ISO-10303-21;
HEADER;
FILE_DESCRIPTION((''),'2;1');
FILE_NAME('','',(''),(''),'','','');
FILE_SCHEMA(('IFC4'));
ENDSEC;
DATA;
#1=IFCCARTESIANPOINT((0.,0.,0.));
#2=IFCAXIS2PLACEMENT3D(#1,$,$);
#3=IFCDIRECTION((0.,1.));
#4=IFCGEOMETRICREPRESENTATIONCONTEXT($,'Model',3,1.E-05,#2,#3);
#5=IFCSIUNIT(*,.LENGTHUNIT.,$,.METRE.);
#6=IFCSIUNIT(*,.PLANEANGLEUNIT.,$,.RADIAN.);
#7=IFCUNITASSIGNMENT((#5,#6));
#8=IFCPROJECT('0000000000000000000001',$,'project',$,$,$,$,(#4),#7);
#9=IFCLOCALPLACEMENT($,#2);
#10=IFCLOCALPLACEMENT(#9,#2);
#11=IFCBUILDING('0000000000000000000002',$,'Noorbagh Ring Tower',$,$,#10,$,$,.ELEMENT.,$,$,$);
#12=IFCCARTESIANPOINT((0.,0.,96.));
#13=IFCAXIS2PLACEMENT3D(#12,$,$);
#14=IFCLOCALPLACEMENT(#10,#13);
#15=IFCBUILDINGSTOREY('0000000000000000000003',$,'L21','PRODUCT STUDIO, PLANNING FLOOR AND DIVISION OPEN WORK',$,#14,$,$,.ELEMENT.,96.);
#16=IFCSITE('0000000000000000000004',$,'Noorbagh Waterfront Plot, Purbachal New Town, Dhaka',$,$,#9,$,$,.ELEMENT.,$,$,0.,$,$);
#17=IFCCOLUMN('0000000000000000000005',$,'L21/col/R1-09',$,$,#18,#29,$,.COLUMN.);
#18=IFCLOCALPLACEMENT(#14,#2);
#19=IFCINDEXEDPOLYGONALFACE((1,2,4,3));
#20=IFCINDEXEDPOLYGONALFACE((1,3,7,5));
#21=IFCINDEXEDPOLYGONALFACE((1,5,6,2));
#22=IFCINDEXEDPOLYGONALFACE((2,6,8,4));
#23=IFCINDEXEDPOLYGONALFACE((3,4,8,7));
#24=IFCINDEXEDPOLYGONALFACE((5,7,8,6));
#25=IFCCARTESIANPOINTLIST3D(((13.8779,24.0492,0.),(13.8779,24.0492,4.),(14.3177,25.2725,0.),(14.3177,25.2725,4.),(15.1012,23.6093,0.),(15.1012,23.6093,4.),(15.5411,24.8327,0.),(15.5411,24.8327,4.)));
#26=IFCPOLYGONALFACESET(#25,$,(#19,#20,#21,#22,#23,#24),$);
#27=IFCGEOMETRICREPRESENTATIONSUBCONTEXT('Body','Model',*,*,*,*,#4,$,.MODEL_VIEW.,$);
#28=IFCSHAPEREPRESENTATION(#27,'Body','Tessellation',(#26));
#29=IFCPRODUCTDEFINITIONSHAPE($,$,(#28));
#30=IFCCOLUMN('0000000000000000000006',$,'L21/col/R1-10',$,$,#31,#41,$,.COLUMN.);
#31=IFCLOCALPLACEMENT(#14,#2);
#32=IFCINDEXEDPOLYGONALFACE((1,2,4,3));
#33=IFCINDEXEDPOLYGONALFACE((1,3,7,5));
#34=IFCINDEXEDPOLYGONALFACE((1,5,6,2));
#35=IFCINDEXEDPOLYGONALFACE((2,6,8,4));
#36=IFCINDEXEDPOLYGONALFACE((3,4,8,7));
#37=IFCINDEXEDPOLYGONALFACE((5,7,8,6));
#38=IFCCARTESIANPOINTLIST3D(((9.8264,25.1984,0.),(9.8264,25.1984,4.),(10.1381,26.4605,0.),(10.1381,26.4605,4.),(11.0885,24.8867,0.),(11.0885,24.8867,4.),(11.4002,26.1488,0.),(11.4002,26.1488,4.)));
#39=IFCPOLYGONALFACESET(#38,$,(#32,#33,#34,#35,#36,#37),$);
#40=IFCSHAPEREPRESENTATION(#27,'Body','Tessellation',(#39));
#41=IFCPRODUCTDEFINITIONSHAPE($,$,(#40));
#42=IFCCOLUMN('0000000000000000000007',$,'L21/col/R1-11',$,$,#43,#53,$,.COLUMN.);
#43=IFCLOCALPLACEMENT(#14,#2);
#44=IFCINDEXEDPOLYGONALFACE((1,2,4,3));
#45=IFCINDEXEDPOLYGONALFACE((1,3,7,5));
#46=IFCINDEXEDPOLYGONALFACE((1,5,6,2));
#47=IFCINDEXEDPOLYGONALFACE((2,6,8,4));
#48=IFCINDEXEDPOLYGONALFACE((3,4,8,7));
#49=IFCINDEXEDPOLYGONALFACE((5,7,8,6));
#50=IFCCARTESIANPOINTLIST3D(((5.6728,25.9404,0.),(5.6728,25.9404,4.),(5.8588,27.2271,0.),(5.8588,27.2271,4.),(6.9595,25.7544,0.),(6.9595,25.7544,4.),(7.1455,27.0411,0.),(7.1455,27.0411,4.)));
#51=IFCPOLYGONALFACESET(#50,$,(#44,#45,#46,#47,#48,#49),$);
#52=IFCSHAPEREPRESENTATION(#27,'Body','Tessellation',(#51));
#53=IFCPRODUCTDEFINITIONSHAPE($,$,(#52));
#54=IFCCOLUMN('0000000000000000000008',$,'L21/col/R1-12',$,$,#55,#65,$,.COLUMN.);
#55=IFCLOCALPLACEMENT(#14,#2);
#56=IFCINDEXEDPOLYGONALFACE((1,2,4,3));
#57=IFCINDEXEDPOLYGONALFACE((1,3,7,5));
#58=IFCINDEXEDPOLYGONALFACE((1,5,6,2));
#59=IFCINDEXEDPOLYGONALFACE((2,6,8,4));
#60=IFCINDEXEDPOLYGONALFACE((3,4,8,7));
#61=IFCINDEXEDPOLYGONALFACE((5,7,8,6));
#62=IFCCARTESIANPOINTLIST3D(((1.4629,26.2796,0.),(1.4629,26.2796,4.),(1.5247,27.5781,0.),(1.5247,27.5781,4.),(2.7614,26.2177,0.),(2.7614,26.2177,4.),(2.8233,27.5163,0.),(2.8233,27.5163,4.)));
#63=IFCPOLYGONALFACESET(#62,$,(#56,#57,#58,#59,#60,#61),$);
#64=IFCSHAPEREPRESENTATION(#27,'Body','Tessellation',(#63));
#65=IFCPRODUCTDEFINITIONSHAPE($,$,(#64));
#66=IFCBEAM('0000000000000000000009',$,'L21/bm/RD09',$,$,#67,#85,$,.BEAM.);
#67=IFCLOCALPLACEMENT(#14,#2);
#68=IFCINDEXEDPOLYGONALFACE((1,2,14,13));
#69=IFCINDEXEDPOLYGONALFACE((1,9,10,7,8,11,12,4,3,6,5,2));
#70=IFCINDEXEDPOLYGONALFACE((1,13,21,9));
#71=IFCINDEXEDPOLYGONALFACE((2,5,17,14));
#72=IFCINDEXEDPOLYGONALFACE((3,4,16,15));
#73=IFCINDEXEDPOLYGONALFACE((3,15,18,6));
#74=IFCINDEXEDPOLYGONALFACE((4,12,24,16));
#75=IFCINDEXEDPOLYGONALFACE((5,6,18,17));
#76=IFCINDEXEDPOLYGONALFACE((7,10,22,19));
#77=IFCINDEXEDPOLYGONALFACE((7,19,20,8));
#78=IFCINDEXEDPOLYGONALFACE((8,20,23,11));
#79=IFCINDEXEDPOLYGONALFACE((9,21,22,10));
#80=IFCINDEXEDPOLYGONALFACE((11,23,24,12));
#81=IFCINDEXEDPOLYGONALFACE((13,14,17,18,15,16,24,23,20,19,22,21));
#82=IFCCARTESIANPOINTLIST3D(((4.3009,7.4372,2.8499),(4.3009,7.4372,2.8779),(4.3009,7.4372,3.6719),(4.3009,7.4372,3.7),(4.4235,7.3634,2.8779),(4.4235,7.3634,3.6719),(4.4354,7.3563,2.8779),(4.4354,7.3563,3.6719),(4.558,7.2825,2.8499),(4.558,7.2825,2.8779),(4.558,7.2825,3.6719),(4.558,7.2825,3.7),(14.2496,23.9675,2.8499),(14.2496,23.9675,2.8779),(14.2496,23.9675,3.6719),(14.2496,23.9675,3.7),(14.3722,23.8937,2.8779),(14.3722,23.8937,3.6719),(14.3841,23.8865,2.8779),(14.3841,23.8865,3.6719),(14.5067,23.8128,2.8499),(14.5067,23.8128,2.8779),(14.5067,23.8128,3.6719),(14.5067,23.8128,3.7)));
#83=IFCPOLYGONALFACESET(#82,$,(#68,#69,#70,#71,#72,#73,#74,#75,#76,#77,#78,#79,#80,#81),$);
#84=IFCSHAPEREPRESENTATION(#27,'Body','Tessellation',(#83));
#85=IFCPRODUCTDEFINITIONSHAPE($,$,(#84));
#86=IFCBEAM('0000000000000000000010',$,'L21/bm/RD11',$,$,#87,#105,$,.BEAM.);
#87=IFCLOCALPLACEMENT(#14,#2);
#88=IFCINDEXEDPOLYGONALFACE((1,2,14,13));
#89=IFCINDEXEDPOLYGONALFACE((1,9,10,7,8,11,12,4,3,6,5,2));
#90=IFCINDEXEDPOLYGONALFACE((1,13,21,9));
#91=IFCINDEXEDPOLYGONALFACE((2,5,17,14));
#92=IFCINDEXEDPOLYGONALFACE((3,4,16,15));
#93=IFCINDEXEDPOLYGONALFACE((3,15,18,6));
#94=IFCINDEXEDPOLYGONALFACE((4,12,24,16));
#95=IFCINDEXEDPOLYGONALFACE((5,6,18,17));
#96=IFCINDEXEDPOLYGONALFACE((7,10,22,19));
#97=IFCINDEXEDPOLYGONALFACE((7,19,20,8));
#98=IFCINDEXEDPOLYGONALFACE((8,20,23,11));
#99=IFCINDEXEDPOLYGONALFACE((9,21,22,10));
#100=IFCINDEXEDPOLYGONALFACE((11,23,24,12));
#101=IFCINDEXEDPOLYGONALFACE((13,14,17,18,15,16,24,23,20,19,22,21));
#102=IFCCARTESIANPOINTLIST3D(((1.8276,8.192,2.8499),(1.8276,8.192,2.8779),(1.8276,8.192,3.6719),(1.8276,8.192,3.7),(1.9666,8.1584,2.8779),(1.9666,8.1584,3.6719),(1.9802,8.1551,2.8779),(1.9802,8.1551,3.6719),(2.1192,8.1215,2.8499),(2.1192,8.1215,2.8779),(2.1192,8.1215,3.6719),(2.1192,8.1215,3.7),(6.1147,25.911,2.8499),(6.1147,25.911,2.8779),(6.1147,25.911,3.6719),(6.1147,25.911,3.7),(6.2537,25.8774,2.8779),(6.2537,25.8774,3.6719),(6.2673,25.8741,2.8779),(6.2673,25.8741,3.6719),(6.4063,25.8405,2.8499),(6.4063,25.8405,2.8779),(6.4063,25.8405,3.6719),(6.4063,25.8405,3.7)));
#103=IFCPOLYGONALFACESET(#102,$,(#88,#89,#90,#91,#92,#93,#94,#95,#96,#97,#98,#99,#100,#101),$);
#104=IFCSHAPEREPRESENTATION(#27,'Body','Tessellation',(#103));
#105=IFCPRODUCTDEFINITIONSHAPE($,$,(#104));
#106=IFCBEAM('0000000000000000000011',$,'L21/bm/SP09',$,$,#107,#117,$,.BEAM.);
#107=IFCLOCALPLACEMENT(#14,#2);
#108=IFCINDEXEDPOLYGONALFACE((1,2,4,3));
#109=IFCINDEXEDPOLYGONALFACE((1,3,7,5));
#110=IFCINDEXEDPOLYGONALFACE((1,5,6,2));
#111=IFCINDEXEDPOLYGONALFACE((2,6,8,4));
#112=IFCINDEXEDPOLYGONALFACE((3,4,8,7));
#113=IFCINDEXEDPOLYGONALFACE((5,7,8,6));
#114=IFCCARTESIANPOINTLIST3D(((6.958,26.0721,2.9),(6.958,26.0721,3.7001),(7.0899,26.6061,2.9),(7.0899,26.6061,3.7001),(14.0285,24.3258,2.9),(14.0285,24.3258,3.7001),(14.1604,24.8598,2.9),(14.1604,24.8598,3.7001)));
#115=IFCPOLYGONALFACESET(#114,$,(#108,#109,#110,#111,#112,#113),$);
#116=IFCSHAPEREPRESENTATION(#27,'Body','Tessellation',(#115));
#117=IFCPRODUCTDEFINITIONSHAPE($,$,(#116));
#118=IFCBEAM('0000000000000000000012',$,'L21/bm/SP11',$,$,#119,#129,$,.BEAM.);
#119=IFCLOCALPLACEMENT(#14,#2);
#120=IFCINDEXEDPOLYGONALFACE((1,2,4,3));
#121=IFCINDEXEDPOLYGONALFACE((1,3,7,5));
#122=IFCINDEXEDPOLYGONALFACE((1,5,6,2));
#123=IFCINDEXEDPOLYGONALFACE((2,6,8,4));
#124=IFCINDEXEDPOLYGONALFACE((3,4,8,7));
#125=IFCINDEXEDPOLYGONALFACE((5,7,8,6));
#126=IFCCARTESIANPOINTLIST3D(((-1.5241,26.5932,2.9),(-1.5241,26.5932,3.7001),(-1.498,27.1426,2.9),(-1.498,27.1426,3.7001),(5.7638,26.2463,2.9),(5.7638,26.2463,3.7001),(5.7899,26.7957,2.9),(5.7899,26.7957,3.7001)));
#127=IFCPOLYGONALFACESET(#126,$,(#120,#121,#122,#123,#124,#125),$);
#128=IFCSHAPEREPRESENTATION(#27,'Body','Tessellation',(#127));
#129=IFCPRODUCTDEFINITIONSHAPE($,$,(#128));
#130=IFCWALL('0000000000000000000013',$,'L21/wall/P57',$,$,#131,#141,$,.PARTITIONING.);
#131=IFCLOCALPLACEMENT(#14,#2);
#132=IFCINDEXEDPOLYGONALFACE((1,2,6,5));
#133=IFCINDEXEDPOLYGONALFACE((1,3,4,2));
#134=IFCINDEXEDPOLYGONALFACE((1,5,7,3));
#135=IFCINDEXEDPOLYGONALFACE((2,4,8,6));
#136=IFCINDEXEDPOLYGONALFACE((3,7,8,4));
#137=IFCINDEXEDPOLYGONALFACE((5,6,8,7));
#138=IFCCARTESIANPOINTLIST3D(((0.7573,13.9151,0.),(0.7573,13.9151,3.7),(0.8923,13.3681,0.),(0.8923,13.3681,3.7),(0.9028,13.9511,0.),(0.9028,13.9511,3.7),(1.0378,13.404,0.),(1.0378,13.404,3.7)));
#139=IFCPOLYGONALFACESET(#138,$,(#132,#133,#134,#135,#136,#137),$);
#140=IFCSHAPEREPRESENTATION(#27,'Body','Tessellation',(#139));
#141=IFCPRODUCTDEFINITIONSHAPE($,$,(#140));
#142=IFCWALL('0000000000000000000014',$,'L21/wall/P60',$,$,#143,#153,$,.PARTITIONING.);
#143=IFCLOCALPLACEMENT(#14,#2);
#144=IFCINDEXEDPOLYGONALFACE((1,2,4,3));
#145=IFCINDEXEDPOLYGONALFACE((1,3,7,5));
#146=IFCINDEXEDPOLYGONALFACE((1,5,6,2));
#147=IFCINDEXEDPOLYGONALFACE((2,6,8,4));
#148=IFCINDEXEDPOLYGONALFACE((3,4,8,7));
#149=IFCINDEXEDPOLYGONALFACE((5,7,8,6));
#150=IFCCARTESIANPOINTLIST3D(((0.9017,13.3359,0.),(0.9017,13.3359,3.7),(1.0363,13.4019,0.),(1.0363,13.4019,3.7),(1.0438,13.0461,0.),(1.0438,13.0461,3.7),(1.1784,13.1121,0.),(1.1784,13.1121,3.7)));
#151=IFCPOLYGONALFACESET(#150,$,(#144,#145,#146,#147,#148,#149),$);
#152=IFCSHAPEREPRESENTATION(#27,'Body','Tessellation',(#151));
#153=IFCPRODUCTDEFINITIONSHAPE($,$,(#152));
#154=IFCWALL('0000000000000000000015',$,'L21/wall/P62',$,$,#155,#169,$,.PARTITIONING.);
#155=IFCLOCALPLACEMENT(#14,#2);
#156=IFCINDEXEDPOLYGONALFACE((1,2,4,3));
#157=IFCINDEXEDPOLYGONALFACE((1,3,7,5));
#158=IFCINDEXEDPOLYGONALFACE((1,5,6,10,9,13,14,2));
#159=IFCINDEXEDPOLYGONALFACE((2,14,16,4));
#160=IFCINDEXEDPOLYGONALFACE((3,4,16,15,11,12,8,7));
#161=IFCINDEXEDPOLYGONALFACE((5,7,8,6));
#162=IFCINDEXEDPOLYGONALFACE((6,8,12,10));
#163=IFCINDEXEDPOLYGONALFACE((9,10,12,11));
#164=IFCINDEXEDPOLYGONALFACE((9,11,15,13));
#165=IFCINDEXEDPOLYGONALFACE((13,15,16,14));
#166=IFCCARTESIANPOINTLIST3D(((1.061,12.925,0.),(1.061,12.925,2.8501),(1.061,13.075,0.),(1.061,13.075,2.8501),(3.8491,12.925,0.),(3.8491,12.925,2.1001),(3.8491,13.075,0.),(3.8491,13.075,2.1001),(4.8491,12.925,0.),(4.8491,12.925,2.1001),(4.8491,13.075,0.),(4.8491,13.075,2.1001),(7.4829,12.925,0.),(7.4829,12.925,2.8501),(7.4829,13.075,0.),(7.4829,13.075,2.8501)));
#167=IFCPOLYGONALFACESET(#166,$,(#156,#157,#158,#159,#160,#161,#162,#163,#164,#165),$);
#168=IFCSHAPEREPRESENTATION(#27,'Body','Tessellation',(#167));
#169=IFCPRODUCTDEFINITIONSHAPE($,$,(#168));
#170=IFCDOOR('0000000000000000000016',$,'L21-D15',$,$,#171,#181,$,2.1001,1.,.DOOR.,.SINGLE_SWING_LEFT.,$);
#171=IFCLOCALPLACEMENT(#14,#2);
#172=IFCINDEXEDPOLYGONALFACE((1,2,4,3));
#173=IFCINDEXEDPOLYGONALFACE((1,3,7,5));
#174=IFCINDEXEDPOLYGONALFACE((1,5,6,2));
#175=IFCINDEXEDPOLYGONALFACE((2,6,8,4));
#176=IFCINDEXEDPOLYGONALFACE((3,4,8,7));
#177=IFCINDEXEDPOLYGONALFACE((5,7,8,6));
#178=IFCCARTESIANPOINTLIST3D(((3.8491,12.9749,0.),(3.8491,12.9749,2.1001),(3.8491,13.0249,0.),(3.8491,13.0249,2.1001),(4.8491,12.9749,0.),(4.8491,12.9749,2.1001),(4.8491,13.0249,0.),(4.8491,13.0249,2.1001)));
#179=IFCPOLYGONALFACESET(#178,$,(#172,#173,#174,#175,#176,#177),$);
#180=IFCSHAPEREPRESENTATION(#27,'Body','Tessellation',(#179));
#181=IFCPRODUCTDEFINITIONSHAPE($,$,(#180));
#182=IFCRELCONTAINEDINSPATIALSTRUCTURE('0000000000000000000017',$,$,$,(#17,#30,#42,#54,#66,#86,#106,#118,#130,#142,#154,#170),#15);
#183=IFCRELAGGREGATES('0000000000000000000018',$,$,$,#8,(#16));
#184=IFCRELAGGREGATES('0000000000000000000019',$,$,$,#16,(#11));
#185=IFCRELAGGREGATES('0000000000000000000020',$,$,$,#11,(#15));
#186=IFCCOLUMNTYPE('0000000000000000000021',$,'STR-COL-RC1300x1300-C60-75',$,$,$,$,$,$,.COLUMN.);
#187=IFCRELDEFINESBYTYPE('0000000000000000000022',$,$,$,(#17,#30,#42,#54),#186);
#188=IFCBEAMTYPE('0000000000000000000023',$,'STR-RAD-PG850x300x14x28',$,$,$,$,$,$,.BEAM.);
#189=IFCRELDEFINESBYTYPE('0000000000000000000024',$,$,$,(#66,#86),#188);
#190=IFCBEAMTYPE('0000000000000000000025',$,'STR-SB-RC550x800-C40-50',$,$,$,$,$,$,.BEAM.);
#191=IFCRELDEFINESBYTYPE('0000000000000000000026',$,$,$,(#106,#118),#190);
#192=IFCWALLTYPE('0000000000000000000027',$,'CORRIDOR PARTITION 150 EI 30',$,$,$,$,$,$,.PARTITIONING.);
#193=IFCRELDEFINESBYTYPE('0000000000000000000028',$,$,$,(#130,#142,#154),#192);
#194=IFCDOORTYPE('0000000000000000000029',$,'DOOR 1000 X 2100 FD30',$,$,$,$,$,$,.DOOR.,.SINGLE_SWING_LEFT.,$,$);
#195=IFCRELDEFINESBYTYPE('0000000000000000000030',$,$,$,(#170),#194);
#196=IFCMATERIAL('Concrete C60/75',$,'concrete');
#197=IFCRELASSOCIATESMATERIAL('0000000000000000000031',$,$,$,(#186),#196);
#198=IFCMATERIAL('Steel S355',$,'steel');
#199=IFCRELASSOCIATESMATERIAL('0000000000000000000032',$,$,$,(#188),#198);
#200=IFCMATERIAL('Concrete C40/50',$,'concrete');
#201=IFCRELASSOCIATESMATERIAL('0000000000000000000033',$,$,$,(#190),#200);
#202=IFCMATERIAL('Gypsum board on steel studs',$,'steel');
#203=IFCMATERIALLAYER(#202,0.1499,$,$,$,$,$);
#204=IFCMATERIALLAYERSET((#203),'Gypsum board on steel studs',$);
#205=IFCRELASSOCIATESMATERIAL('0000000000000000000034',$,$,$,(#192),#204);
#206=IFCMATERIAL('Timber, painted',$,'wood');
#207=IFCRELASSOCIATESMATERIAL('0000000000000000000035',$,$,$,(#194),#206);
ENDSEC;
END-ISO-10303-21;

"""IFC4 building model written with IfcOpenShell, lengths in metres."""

from ifc_helpers import new_model, si_unit, direction, frame, frame_2d, origin, origin_2d, place, context, subcontext, project, spatial, rectangle, i_section, extrude, material, layer, layer_set, material_profile, profile_set, type_object, element, fill, save


model = new_model("IFC4")

# Units and contexts
model_context = context("Model", 3, precision=1e-05, world=origin(), true_north=direction((0.0, 1.0)))
body_context = subcontext(model_context, "Body", "Model", "MODEL_VIEW")
ifc_project = project(units=[si_unit("LENGTHUNIT", "METRE"), si_unit("PLANEANGLEUNIT", "RADIAN")], contexts=[model_context])

# Site, building, storey
site_placement = place(None, origin())
site = spatial("IfcSite", under=ifc_project, at=site_placement, Name="Noorbagh Waterfront Plot, Purbachal New Town, Dhaka", CompositionType="ELEMENT", RefElevation=0.0)
building_placement = place(site_placement, origin())
building = spatial("IfcBuilding", under=site, at=building_placement, Name="Noorbagh Ring Tower", CompositionType="ELEMENT")
storey_placement = place(building_placement, frame((0.0, 0.0, 96.0)))
storey = spatial("IfcBuildingStorey", under=building, at=storey_placement, Name="L21", Description="PRODUCT STUDIO, PLANNING FLOOR AND DIVISION OPEN WORK", CompositionType="ELEMENT", Elevation=96.0)

# Columns
ifc_material_1 = material(Name="Concrete C60/75", Category="concrete")
ifc_material_profile_1 = material_profile(ifc_material_1, rectangle(XDim=1.3, YDim=1.3, at=origin_2d()), Name="RC1300x1300")
ifc_profile_set_1 = profile_set([ifc_material_profile_1], Name="Concrete C60/75")
column_type = type_object("IfcColumnType", Name="STR-COL-RC1300x1300-C60-75", PredefinedType="COLUMN", material=ifc_profile_set_1)
for number, where, z_axis, x_axis, name in (
    (1, (14.7095, 24.4409, 0.0), (0.0, 0.0, 1.0), (-0.941025, 0.338338, 0.0), "L21/col/R1-09"),
    (2, (10.6133, 25.6736, 0.0), (0.0, 0.0, 1.0), (-0.970829, 0.239771, 0.0), "L21/col/R1-10"),
    (3, (6.4092, 26.4907, 0.0), (0.0, 0.0, 1.0), (-0.989713, 0.143066, 0.0), "L21/col/R1-11"),
    (4, (2.1431, 26.8979, 0.0), (0.0, 0.0, 1.0), (-0.998869, 0.047553, 0.0), "L21/col/R1-12"),
):
    element("IfcColumn", number, at=place(storey_placement, frame(where, z_axis=z_axis, x_axis=x_axis)), inside=storey, type_object=column_type, Name=name, PredefinedType="COLUMN", context=body_context, shape_type="SweptSolid", body=[
        extrude(rectangle(XDim=1.3, YDim=1.3, at=origin_2d()), origin(), (0.0, 0.0, 1.0), 4.0),
    ])

# Beams
ifc_material_2 = material(Name="Steel S355", Category="steel")
ifc_material_profile_2 = material_profile(ifc_material_2, i_section(OverallWidth=0.3, OverallDepth=0.8501, WebThickness=0.0139, FlangeThickness=0.0281, at=origin_2d()), Name="PG850x300x14x28")
ifc_profile_set_2 = profile_set([ifc_material_profile_2], Name="Steel S355")
beam_type_1 = type_object("IfcBeamType", Name="STR-RAD-PG850x300x14x28", PredefinedType="BEAM", material=ifc_profile_set_2)
beam_1_placement = place(storey_placement, frame((14.3782, 23.8901, 3.2749), z_axis=(-0.51566, -0.856793, 0.0), x_axis=(0.856793, -0.51566, 0.0)))
element("IfcBeam", 5, at=beam_1_placement, inside=storey, type_object=beam_type_1, Name="L21/bm/RD09", PredefinedType="BEAM", context=body_context, shape_type="SweptSolid", body=[
    extrude(i_section(OverallWidth=0.3, OverallDepth=0.8501, WebThickness=0.0139, FlangeThickness=0.0281, at=origin_2d()), origin(), (0.0, 0.0, 1.0), 19.2932),
])
beam_2_placement = place(storey_placement, frame((6.2605, 25.8757, 3.2749), z_axis=(-0.235165, -0.971956, 0.0), x_axis=(0.971956, -0.235165, 0.0)))
element("IfcBeam", 6, at=beam_2_placement, inside=storey, type_object=beam_type_1, Name="L21/bm/RD11", PredefinedType="BEAM", context=body_context, shape_type="SweptSolid", body=[
    extrude(i_section(OverallWidth=0.3, OverallDepth=0.8501, WebThickness=0.0139, FlangeThickness=0.0281, at=origin_2d()), origin(), (0.0, 0.0, 1.0), 18.2302),
])
ifc_material_3 = material(Name="Concrete C40/50", Category="concrete")
ifc_material_profile_3 = material_profile(ifc_material_3, rectangle(XDim=0.55, YDim=0.8, at=origin_2d()), Name="RC550x800")
ifc_profile_set_3 = profile_set([ifc_material_profile_3], Name="Concrete C40/50")
beam_type_2 = type_object("IfcBeamType", Name="STR-SB-RC550x800-C40-50", PredefinedType="BEAM", material=ifc_profile_set_3)
beam_3_placement = place(storey_placement, frame((14.0945, 24.5928, 3.3), z_axis=(-0.970827, 0.239782, 0.0), x_axis=(-0.239782, -0.970827, 0.0)))
element("IfcBeam", 7, at=beam_3_placement, inside=storey, type_object=beam_type_2, Name="L21/bm/SP09", PredefinedType="BEAM", context=body_context, shape_type="SweptSolid", body=[
    extrude(rectangle(XDim=0.55, YDim=0.8, at=origin_2d()), origin(), (0.0, 0.0, 1.0), 7.283),
])
beam_4_placement = place(storey_placement, frame((5.7769, 26.521, 3.3), z_axis=(-0.998869, 0.047549, 0.0), x_axis=(-0.047549, -0.998869, 0.0)))
element("IfcBeam", 8, at=beam_4_placement, inside=storey, type_object=beam_type_2, Name="L21/bm/SP11", PredefinedType="BEAM", context=body_context, shape_type="SweptSolid", body=[
    extrude(rectangle(XDim=0.55, YDim=0.8, at=origin_2d()), origin(), (0.0, 0.0, 1.0), 7.2961),
])

# Walls
ifc_material_4 = material(Name="Gypsum board on steel studs", Category="steel")
ifc_layer_1 = layer(ifc_material_4, 0.1499)
ifc_layer_set_1 = layer_set([ifc_layer_1], Name="Gypsum board on steel studs")
wall_type_1 = type_object("IfcWallType", Name="CORRIDOR PARTITION 150 EI 30", PredefinedType="PARTITIONING", material=ifc_layer_set_1)
wall_1_placement = place(storey_placement, frame((0.8301, 13.9331, 0.0), z_axis=(0.0, 0.0, 1.0), x_axis=(0.239578, -0.970877, 0.0)))
element("IfcWall", 9, at=wall_1_placement, inside=storey, type_object=wall_type_1, Name="L21/wall/P57", PredefinedType="PARTITIONING", context=body_context, shape_type="SweptSolid", body=[
    extrude(rectangle(XDim=0.5635, YDim=0.1499, at=frame_2d((0.2817, 0.0))), origin(), (0.0, 0.0, 1.0), 3.7),
])
wall_2_placement = place(storey_placement, frame((0.969, 13.3689, 0.0), z_axis=(0.0, 0.0, 1.0), x_axis=(0.440241, -0.89788, 0.0)))
element("IfcWall", 10, at=wall_2_placement, inside=storey, type_object=wall_type_1, Name="L21/wall/P60", PredefinedType="PARTITIONING", context=body_context, shape_type="SweptSolid", body=[
    extrude(rectangle(XDim=0.3228, YDim=0.1499, at=frame_2d((0.1614, 0.0))), origin(), (0.0, 0.0, 1.0), 3.7),
])

# Wall, opening, door
wall_3_placement = place(storey_placement, frame((1.061, 13.0, 0.0), z_axis=(0.0, 0.0, 1.0), x_axis=(1.0, 0.0, 0.0)))
wall_3 = element("IfcWall", 11, at=wall_3_placement, inside=storey, type_object=wall_type_1, Name="L21/wall/P62", PredefinedType="PARTITIONING", context=body_context, shape_type="SweptSolid", body=[
    extrude(rectangle(XDim=6.4219, YDim=0.1499, at=frame_2d((3.2109, 0.0))), origin(), (0.0, 0.0, 1.0), 2.8501),
])
opening_1_placement = place(wall_3_placement, frame((2.7881, 0.0, 0.0)))
opening_1 = element("IfcOpeningElement", 12, at=opening_1_placement, cuts=wall_3, PredefinedType="OPENING", context=body_context, shape_type="SweptSolid", body=[
    extrude(rectangle(XDim=1.0, YDim=2.1001, at=frame_2d((0.5, 1.05))), frame((0.0, 0.085, 0.0), z_axis=(0.0, -1.0, 0.0), x_axis=(1.0, 0.0, 0.0)), (0.0, 0.0, 1.0), 0.1699),
])
ifc_material_5 = material(Name="Timber, painted", Category="wood")
door_type = type_object("IfcDoorType", Name="DOOR 1000 X 2100 FD30", OperationType="SINGLE_SWING_LEFT", PredefinedType="DOOR", material=ifc_material_5)
door_1_placement = place(opening_1_placement, origin())
door_1 = element("IfcDoor", 13, at=door_1_placement, inside=storey, type_object=door_type, Name="L21-D15", OperationType="SINGLE_SWING_LEFT", OverallHeight=2.1001, OverallWidth=1.0, PredefinedType="DOOR", context=body_context, shape_type="SweptSolid", body=[
    extrude(rectangle(XDim=1.0, YDim=2.1001, at=frame_2d((0.5, 1.05))), frame((0.0, 0.0249, 0.0), z_axis=(0.0, -1.0, 0.0), x_axis=(1.0, 0.0, 0.0)), (0.0, 0.0, 1.0), 0.05),
])
fill(opening_1, door_1)

save(model, "model.ifc")
